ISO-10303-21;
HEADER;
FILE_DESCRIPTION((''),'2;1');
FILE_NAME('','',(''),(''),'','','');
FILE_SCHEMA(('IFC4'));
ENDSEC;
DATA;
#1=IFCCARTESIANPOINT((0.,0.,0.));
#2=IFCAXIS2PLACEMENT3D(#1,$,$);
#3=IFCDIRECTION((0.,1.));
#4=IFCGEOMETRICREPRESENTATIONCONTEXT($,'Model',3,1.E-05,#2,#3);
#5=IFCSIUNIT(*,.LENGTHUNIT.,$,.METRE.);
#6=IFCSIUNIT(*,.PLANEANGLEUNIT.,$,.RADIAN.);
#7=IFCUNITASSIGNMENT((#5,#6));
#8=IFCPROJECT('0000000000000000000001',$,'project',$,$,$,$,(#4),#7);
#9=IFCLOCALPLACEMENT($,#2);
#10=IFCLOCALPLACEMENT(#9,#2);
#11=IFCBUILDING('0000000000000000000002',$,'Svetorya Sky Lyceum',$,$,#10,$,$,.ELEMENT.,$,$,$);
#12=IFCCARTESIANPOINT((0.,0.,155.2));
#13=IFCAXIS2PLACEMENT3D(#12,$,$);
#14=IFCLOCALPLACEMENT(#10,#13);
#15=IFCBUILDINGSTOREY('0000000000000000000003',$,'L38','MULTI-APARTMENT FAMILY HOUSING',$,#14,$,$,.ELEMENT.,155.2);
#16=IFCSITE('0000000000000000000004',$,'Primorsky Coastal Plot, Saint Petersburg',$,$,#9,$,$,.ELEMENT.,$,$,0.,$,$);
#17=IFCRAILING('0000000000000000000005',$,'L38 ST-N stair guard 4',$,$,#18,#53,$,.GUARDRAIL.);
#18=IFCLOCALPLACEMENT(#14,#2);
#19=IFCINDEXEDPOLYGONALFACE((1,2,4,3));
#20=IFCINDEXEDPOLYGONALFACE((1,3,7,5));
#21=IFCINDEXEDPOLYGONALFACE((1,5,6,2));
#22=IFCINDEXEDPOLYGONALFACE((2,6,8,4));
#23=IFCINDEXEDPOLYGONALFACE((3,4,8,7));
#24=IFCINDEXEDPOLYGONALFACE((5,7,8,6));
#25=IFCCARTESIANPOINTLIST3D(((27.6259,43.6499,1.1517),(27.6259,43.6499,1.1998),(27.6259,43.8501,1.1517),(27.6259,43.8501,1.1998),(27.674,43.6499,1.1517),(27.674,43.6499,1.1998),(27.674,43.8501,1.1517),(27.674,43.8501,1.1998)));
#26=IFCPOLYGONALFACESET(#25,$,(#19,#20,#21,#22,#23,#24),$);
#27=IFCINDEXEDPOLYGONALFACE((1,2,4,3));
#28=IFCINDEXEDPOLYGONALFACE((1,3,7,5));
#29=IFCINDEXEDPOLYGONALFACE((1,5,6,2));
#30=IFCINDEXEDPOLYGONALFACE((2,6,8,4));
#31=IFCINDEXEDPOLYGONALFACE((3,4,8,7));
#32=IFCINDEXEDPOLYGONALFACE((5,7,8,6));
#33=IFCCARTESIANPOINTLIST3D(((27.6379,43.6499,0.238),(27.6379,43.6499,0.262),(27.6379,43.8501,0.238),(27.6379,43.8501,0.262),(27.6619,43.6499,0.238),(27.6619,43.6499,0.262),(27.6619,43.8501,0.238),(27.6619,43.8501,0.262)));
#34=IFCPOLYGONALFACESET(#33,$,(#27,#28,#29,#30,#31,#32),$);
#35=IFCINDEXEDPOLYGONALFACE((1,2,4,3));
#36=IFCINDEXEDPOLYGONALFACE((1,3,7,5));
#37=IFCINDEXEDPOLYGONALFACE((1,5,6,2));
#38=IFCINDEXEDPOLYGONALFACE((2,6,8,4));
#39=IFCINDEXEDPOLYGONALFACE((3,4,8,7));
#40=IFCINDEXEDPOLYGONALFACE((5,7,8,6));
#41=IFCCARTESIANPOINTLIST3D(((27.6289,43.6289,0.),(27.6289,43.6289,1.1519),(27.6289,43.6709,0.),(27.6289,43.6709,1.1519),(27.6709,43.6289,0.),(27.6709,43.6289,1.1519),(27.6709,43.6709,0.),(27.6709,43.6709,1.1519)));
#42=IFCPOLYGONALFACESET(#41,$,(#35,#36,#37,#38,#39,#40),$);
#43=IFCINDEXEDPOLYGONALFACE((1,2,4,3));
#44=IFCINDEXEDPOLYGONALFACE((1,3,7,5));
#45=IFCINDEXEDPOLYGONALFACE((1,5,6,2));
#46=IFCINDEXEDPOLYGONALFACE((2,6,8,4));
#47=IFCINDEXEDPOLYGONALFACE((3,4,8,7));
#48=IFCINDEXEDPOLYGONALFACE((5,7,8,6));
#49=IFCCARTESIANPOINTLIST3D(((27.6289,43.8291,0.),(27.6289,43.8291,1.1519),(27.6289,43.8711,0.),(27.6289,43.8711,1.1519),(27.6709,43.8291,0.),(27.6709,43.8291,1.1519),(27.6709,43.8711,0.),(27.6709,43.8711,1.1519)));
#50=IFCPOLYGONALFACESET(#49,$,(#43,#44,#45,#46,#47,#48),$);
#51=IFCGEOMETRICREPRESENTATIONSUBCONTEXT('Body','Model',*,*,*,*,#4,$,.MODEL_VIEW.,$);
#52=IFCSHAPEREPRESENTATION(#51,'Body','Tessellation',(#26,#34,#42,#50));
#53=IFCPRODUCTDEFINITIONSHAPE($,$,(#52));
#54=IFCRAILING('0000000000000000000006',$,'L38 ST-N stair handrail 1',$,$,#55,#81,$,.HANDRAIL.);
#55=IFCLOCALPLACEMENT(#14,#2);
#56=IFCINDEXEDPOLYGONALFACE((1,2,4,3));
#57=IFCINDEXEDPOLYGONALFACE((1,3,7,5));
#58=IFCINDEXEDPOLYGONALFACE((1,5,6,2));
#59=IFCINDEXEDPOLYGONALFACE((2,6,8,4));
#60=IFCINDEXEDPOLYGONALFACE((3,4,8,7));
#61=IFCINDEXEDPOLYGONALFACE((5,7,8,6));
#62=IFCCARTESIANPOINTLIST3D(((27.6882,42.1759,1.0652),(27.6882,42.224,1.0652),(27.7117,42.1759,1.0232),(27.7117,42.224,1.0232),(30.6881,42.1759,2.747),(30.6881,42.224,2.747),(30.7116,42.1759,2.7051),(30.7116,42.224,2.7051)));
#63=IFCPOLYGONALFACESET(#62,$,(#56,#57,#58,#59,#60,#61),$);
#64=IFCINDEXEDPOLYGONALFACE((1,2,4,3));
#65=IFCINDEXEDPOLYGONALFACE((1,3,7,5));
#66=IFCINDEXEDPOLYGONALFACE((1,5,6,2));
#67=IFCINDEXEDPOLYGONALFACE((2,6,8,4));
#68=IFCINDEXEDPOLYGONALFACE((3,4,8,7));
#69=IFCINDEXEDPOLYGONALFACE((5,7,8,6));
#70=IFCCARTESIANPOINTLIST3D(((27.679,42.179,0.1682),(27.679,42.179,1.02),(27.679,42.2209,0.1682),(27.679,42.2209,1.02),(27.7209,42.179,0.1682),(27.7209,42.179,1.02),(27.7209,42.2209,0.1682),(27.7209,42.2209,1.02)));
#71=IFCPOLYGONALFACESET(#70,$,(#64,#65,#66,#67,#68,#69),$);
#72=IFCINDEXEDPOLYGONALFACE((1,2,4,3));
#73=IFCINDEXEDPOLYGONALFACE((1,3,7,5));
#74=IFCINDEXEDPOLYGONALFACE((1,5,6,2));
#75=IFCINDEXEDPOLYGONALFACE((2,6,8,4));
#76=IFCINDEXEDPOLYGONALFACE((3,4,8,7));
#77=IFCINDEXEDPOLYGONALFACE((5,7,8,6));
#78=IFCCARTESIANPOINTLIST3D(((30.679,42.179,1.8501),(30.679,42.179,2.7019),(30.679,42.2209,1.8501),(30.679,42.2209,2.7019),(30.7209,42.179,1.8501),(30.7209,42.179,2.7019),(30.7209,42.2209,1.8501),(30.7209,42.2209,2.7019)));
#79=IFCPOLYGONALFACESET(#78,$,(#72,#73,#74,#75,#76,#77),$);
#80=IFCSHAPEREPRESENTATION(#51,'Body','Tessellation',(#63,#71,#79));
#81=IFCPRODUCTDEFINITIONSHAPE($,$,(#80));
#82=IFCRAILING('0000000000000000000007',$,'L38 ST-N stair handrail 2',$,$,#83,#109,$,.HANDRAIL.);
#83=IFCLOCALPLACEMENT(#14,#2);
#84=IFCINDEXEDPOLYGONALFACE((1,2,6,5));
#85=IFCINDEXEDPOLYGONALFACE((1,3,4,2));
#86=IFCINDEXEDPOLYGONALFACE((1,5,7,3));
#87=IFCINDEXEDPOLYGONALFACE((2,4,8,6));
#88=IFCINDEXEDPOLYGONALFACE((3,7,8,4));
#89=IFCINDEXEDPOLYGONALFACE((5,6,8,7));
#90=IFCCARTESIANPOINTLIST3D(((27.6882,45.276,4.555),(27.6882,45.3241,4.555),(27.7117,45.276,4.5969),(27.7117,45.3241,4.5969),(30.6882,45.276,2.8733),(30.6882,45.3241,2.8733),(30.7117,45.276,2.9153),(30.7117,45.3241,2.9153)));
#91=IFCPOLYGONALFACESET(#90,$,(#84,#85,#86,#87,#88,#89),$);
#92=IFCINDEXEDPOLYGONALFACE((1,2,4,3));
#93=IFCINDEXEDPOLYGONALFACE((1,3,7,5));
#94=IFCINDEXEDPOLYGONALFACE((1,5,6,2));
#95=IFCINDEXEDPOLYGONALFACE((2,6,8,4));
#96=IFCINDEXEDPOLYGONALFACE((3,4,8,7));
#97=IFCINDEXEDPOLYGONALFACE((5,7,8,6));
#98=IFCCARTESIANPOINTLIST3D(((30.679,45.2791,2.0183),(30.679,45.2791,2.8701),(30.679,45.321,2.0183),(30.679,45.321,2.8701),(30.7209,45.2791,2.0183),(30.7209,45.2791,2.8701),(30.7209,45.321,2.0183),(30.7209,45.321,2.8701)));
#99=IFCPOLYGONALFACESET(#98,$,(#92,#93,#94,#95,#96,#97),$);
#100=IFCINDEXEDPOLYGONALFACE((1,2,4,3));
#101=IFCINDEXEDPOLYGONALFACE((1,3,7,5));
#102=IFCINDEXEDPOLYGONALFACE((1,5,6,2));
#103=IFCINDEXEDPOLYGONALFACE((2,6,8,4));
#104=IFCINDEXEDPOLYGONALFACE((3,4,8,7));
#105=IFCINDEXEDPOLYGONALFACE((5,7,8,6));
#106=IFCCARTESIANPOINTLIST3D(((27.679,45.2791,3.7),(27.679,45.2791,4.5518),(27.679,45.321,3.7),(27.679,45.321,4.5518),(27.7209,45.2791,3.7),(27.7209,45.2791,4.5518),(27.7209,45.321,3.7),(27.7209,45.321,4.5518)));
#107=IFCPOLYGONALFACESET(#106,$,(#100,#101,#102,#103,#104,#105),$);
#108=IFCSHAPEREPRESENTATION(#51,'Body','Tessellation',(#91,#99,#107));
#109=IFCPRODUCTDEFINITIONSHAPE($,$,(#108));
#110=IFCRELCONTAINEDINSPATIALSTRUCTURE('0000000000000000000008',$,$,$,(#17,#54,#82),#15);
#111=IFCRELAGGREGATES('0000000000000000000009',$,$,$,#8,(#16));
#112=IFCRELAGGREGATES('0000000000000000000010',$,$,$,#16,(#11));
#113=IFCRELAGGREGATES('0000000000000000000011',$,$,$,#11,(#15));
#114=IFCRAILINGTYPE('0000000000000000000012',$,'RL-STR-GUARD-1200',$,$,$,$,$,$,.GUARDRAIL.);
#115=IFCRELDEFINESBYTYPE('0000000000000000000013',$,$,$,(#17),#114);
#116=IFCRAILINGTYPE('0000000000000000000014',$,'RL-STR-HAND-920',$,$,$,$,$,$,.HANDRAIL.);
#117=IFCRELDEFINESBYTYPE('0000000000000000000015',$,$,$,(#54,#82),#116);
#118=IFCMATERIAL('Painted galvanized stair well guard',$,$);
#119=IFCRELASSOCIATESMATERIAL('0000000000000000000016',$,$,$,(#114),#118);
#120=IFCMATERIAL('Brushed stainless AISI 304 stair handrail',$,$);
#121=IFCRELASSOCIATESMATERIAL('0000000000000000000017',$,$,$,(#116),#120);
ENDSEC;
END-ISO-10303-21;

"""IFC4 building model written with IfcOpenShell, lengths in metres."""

from ifc_helpers import new_model, si_unit, direction, frame, origin, origin_2d, place, context, subcontext, project, spatial, rectangle, extrude, material, type_object, element, save


model = new_model("IFC4")

# Units and contexts
model_context = context("Model", 3, precision=1e-05, world=origin(), true_north=direction((0.0, 1.0)))
body_context = subcontext(model_context, "Body", "Model", "MODEL_VIEW")
ifc_project = project(units=[si_unit("LENGTHUNIT", "METRE"), si_unit("PLANEANGLEUNIT", "RADIAN")], contexts=[model_context])

# Site, building, storey
site_placement = place(None, origin())
site = spatial("IfcSite", under=ifc_project, at=site_placement, Name="Primorsky Coastal Plot, Saint Petersburg", CompositionType="ELEMENT", RefElevation=0.0)
building_placement = place(site_placement, origin())
building = spatial("IfcBuilding", under=site, at=building_placement, Name="Svetorya Sky Lyceum", CompositionType="ELEMENT")
storey_placement = place(building_placement, frame((0.0, 0.0, 155.2)))
storey = spatial("IfcBuildingStorey", under=building, at=storey_placement, Name="L38", Description="MULTI-APARTMENT FAMILY HOUSING", CompositionType="ELEMENT", Elevation=155.2)

# Railings
ifc_material_1 = material(Name="Painted galvanized stair well guard")
railing_type_1 = type_object("IfcRailingType", Name="RL-STR-GUARD-1200", PredefinedType="GUARDRAIL", material=ifc_material_1)
railing_1_placement = place(storey_placement, frame((27.6499, 43.6499, 0.0)))
element("IfcRailing", 1, at=railing_1_placement, inside=storey, type_object=railing_type_1, Name="L38 ST-N stair guard 4", PredefinedType="GUARDRAIL", context=body_context, shape_type="SweptSolid", body=[
    extrude(rectangle(XDim=0.0481, YDim=0.0481, at=origin_2d()), frame((0.0, 0.0, 1.1758), z_axis=(0.0, 1.0, 0.0), x_axis=(-1.0, 0.0, 0.0)), (0.0, 0.0, 1.0), 0.2002),
    extrude(rectangle(XDim=0.0239, YDim=0.0239, at=origin_2d()), frame((0.0, 0.0, 0.25), z_axis=(0.0, 1.0, 0.0), x_axis=(-1.0, 0.0, 0.0)), (0.0, 0.0, 1.0), 0.2002),
    extrude(rectangle(XDim=0.042, YDim=0.042, at=origin_2d()), origin(), (0.0, 0.0, 1.0), 1.1519),
    extrude(rectangle(XDim=0.042, YDim=0.042, at=origin_2d()), frame((0.0, 0.2002, 0.0)), (0.0, 0.0, 1.0), 1.1519),
])
ifc_material_2 = material(Name="Brushed stainless AISI 304 stair handrail")
railing_type_2 = type_object("IfcRailingType", Name="RL-STR-HAND-920", PredefinedType="HANDRAIL", material=ifc_material_2)
railing_2_placement = place(storey_placement, frame((27.7, 42.2, 0.1682)))
element("IfcRailing", 2, at=railing_2_placement, inside=storey, type_object=railing_type_2, Name="L38 ST-N stair handrail 1", PredefinedType="HANDRAIL", context=body_context, shape_type="SweptSolid", body=[
    extrude(rectangle(XDim=0.0481, YDim=0.0481, at=origin_2d()), frame((0.0, 0.0, 0.876), z_axis=(0.872272, 0.0, 0.48902), x_axis=(0.0, 1.0, 0.0)), (0.0, 0.0, 1.0), 3.4392),
    extrude(rectangle(XDim=0.042, YDim=0.042, at=origin_2d()), origin(), (0.0, 0.0, 1.0), 0.8518),
    extrude(rectangle(XDim=0.042, YDim=0.042, at=origin_2d()), frame((3.0, 0.0, 1.6819)), (0.0, 0.0, 1.0), 0.8518),
])
railing_3_placement = place(storey_placement, frame((30.7, 45.3, 2.0183)))
element("IfcRailing", 3, at=railing_3_placement, inside=storey, type_object=railing_type_2, Name="L38 ST-N stair handrail 2", PredefinedType="HANDRAIL", context=body_context, shape_type="SweptSolid", body=[
    extrude(rectangle(XDim=0.0481, YDim=0.0481, at=origin_2d()), frame((0.0, 0.0, 0.876), z_axis=(-0.872303, 0.0, 0.488966), x_axis=(0.0, -1.0, 0.0)), (0.0, 0.0, 1.0), 3.4392),
    extrude(rectangle(XDim=0.042, YDim=0.042, at=origin_2d()), origin(), (0.0, 0.0, 1.0), 0.8518),
    extrude(rectangle(XDim=0.042, YDim=0.042, at=origin_2d()), frame((-3.0, 0.0, 1.6816)), (0.0, 0.0, 1.0), 0.8518),
])

save(model, "model.ifc")
